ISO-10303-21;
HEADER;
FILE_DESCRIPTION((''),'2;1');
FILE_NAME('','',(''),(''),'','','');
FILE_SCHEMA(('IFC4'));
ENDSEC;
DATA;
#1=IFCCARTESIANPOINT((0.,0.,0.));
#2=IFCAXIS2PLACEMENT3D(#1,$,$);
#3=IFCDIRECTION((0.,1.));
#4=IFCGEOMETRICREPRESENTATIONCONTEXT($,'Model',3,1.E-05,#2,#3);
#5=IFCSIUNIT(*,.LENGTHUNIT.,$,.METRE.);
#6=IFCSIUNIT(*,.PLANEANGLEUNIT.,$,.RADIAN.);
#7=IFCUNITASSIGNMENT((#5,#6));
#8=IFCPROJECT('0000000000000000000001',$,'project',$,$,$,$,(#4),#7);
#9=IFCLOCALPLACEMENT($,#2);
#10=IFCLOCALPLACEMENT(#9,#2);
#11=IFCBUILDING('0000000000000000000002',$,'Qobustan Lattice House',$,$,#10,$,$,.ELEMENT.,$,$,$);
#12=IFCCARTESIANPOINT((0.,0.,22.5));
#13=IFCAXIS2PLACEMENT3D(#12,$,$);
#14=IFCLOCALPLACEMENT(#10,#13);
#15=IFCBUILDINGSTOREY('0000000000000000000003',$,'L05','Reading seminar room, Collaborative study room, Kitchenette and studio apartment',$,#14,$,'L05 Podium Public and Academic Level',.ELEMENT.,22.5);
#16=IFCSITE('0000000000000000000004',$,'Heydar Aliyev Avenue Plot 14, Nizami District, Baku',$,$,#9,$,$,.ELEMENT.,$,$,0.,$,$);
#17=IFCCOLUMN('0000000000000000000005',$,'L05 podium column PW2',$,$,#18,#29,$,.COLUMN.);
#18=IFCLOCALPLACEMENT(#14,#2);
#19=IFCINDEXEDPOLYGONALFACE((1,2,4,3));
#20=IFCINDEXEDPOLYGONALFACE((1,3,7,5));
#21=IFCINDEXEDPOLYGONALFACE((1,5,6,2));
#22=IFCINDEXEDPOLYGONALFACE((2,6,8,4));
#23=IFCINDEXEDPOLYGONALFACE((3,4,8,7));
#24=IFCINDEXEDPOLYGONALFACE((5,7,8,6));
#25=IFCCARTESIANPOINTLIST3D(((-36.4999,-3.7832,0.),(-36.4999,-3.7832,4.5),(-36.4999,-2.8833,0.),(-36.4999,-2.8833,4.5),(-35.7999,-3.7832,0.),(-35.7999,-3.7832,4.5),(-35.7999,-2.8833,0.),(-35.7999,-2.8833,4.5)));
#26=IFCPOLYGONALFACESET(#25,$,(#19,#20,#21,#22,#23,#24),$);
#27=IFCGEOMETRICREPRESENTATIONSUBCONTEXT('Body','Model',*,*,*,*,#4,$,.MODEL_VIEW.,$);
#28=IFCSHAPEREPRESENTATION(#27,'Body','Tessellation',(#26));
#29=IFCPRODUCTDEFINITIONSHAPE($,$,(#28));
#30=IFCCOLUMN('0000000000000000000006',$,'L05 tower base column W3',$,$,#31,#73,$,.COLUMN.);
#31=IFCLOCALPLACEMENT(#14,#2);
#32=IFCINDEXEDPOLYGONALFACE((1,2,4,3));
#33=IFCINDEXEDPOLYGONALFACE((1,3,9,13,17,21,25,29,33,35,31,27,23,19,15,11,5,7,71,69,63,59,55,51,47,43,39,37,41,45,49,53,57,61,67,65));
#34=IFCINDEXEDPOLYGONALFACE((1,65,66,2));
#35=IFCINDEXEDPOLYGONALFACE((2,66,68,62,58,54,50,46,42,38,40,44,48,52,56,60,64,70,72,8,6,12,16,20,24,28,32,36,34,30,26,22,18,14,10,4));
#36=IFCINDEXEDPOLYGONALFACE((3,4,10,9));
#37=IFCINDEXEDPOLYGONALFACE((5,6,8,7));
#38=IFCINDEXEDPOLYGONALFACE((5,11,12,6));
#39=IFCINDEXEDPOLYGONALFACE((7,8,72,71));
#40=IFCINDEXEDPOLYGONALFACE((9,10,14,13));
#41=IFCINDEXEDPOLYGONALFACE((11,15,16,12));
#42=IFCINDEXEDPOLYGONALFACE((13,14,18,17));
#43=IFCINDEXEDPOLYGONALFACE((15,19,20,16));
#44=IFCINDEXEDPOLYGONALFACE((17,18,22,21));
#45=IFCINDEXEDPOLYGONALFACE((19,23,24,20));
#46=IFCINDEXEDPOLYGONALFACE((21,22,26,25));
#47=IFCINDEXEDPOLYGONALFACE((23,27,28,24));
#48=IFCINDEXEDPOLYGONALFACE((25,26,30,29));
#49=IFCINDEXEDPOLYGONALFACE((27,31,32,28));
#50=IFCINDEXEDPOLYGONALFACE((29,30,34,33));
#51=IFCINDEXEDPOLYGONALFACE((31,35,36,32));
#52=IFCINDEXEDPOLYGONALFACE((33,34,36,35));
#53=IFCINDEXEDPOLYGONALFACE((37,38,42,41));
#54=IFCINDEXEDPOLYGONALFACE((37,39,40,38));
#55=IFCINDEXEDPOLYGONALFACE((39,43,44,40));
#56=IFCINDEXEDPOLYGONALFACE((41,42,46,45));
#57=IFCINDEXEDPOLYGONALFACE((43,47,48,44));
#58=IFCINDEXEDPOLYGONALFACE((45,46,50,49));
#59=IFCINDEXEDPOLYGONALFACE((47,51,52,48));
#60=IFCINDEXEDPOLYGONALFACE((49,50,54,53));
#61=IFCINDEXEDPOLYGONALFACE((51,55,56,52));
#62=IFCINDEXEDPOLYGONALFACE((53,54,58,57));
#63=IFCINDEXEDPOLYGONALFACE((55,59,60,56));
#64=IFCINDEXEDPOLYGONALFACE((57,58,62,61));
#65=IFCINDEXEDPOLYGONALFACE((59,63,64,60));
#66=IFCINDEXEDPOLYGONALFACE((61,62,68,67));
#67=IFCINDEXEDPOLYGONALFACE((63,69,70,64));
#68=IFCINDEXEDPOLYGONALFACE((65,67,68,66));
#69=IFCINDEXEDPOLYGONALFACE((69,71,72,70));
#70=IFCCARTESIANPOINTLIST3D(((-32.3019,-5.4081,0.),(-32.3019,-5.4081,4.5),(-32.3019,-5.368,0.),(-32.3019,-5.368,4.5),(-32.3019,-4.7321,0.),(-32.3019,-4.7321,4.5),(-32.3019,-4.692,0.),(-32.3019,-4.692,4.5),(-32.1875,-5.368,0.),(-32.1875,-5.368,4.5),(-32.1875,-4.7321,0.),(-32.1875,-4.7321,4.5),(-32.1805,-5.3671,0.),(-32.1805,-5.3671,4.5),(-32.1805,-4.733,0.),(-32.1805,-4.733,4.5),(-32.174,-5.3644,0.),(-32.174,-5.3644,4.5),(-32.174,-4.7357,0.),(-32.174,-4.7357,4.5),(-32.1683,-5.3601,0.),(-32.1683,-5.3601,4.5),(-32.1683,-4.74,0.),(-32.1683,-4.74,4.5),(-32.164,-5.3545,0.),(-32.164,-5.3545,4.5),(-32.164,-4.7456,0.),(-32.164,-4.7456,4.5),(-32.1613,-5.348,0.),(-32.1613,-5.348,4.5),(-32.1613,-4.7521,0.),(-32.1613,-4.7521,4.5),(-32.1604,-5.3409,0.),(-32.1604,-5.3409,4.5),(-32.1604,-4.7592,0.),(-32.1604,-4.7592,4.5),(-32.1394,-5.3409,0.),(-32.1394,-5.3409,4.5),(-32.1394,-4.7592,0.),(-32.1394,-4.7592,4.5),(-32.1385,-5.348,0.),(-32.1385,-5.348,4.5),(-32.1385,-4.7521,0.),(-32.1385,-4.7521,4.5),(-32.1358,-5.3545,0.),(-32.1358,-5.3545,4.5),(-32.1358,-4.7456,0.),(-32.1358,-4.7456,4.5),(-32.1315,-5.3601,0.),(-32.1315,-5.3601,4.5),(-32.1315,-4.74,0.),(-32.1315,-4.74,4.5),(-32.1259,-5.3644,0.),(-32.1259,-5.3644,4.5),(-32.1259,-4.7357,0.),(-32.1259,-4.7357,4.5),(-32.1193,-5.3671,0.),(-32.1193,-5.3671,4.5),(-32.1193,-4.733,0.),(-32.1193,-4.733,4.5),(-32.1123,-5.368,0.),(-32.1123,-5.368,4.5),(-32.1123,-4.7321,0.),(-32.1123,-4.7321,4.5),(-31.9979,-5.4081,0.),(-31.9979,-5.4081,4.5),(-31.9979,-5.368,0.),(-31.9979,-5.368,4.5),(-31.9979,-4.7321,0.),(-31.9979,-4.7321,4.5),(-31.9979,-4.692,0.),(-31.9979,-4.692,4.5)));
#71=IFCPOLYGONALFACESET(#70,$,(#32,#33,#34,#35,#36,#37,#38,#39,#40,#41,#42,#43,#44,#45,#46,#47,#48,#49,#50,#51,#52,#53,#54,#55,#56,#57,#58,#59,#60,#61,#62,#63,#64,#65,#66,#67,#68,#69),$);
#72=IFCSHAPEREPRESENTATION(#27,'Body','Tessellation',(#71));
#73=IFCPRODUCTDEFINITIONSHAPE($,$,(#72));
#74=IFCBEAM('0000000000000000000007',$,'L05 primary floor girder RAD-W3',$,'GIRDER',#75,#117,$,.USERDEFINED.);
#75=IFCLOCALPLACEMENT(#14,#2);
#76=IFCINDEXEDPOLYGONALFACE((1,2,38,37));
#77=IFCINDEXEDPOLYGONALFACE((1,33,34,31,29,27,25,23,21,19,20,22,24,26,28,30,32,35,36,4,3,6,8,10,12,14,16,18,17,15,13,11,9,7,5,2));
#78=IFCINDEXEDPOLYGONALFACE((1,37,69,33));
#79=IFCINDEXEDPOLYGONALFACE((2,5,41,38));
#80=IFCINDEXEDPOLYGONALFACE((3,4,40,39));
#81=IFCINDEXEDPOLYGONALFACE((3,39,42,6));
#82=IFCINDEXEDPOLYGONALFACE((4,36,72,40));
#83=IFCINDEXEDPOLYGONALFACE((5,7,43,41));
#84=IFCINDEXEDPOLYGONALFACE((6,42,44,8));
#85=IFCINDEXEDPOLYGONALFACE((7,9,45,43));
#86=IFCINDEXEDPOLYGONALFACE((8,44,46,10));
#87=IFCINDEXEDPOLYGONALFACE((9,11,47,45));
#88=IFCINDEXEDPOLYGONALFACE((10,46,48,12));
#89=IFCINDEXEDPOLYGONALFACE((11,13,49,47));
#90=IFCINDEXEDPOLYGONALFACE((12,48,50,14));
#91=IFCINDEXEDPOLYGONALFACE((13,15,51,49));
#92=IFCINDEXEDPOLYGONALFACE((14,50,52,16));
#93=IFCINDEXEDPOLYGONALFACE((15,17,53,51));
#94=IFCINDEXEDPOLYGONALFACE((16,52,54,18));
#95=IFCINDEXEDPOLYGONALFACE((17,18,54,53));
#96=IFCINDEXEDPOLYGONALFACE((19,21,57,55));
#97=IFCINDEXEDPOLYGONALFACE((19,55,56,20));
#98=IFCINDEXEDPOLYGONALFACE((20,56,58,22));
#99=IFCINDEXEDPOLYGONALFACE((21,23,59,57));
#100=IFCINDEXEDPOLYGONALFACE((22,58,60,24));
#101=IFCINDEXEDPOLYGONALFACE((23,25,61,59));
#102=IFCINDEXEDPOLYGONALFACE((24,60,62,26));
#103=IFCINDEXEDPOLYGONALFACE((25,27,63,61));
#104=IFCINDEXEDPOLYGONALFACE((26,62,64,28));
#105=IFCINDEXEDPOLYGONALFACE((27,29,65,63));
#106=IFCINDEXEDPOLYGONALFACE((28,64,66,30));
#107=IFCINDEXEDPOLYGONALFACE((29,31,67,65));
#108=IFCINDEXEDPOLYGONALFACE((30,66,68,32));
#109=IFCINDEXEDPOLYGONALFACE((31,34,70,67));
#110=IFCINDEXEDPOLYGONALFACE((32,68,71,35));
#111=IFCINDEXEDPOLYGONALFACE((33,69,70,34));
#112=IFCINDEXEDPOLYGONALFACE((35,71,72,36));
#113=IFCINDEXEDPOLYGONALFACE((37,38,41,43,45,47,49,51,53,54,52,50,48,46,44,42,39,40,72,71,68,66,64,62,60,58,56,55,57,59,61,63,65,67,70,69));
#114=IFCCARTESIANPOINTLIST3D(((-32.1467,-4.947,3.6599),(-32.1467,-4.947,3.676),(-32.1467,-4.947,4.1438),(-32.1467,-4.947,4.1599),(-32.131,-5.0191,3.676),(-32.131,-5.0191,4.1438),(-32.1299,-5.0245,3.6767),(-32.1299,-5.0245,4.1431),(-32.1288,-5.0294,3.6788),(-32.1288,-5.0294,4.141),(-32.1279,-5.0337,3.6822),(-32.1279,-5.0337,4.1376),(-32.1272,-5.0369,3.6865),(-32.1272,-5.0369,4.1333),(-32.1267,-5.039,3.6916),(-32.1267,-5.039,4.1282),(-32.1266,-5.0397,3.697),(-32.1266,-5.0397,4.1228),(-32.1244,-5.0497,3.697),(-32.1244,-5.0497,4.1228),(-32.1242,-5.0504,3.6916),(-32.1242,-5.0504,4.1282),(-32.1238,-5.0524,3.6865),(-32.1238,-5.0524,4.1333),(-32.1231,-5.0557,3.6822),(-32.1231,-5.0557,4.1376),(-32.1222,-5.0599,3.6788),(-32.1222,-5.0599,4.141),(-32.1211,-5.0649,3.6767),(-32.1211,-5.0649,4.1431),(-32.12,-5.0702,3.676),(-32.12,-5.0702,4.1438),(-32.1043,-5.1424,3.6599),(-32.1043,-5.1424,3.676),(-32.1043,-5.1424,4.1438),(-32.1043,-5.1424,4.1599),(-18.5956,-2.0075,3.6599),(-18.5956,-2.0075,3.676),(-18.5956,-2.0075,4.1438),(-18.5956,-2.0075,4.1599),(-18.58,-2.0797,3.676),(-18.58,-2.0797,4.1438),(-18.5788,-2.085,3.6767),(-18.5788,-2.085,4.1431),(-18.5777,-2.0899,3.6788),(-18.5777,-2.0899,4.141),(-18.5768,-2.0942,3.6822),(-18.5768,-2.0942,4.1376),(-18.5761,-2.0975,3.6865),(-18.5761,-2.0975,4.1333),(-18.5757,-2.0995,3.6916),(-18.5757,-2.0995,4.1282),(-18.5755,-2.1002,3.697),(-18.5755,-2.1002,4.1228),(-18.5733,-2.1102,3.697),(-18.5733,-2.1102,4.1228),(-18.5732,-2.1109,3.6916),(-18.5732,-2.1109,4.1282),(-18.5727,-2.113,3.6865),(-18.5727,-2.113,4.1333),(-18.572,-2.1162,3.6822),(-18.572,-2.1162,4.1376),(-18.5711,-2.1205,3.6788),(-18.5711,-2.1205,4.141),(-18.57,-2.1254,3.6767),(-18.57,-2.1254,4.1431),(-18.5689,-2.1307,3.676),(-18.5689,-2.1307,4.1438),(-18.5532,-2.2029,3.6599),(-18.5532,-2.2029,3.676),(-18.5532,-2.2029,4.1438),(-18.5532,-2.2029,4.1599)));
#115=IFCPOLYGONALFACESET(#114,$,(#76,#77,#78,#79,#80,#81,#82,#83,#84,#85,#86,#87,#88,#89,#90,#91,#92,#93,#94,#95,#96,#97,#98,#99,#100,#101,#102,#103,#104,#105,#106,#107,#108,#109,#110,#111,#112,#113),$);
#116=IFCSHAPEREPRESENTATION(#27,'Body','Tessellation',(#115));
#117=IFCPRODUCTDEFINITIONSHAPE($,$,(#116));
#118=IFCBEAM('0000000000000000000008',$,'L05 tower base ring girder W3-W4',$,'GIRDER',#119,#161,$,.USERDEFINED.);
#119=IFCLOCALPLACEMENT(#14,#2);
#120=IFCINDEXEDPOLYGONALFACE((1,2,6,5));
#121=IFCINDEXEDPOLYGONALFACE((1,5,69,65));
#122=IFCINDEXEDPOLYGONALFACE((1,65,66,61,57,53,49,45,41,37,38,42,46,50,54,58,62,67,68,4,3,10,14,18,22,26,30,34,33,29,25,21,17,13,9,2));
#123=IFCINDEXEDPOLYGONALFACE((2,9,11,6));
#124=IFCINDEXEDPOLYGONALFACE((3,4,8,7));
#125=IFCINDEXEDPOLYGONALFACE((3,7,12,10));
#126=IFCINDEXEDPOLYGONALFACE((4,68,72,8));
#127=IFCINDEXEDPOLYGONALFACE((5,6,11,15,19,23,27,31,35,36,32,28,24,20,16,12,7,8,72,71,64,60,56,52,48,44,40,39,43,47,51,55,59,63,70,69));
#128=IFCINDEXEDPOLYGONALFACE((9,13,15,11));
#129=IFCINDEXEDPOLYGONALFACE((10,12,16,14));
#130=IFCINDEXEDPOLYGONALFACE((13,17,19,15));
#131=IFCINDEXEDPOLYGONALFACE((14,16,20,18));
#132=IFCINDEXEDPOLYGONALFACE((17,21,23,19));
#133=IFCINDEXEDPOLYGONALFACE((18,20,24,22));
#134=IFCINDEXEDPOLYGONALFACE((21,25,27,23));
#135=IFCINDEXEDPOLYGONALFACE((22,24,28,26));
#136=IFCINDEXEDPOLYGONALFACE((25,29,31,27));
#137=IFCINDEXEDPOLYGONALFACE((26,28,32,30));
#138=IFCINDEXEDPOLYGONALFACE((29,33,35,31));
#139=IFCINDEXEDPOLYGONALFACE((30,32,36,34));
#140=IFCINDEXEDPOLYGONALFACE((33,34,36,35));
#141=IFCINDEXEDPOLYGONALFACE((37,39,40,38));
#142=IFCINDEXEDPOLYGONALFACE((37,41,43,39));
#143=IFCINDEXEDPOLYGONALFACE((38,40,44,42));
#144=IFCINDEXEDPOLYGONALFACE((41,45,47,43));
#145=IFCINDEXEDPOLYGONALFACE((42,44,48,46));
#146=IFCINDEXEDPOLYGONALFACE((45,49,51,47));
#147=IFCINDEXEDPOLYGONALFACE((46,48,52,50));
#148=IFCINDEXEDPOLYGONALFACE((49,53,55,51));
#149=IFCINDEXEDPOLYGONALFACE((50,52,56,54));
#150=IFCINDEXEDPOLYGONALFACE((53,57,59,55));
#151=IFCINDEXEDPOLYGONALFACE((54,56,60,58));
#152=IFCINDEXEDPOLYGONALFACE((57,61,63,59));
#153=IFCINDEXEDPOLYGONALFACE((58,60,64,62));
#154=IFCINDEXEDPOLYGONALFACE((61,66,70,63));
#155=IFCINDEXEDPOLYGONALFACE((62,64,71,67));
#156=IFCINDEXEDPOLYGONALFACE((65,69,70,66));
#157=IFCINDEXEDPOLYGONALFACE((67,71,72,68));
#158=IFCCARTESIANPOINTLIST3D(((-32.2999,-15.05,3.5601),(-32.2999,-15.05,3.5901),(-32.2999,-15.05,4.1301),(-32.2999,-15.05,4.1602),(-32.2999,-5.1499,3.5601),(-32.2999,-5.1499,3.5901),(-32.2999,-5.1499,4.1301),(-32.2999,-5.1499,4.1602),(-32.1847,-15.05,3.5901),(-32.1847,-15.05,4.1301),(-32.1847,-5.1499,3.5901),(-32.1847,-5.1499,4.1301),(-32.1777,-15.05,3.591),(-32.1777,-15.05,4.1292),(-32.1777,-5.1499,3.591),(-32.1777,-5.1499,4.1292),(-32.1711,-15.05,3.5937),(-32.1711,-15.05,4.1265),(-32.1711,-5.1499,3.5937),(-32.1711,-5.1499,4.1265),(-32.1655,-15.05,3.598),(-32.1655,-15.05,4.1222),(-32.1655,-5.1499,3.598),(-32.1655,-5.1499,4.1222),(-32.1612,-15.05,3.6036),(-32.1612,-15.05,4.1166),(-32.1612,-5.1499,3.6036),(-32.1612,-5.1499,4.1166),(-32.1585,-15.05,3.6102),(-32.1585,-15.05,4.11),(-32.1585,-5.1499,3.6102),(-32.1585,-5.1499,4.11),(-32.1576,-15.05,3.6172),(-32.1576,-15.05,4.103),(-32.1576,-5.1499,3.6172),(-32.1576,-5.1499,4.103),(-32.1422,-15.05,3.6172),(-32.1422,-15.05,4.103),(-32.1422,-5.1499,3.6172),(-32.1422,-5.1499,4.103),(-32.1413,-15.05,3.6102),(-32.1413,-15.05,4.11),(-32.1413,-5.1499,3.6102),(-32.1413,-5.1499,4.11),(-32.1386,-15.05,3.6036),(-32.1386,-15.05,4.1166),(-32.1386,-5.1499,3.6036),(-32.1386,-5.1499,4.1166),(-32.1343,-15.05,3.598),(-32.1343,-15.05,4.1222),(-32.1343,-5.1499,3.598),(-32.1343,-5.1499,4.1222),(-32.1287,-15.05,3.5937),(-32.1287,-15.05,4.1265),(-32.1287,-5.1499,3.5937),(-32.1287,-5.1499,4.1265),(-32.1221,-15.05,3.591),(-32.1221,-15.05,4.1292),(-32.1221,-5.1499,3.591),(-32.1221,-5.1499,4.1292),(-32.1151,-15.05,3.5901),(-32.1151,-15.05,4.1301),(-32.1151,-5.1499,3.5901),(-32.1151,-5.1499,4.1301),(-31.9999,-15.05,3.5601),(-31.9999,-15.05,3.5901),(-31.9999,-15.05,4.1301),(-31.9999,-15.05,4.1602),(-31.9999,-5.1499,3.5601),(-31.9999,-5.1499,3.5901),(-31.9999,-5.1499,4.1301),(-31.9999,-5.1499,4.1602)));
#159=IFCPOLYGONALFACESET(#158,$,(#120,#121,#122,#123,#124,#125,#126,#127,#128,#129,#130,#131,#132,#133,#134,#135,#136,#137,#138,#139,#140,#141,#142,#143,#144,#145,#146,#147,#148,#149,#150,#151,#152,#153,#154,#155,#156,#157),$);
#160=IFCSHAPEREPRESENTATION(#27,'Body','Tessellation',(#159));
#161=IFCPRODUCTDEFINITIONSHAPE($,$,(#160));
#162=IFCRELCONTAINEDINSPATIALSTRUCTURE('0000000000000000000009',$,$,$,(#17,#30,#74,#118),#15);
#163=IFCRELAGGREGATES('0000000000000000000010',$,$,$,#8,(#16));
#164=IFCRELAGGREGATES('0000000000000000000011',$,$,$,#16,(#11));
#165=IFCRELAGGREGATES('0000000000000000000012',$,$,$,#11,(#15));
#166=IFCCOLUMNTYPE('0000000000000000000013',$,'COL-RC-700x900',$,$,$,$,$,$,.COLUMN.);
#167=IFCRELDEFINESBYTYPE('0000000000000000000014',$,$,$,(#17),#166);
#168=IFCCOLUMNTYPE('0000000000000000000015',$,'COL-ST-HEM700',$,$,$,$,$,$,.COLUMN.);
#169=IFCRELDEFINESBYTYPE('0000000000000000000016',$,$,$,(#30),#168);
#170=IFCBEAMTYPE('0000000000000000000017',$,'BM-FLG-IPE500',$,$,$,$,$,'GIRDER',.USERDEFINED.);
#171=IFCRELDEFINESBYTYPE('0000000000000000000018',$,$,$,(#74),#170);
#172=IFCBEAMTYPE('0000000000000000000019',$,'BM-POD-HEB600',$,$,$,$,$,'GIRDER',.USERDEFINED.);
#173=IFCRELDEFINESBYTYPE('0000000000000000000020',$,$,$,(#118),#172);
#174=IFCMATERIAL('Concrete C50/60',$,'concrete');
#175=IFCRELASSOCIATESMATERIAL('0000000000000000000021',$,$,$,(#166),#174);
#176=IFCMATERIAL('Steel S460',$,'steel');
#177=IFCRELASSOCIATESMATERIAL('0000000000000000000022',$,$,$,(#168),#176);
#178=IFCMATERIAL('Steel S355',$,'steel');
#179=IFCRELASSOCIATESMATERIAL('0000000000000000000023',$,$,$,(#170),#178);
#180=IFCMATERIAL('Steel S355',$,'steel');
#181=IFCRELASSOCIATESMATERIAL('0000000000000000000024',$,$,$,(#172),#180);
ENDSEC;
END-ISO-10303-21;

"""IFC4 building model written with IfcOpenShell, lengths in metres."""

from ifc_helpers import new_model, si_unit, direction, frame, origin, origin_2d, place, context, subcontext, project, spatial, rectangle, i_section, extrude, material, material_profile, profile_set, type_object, element, save


model = new_model("IFC4")

# Units and contexts
model_context = context("Model", 3, precision=1e-05, world=origin(), true_north=direction((0.0, 1.0)))
body_context = subcontext(model_context, "Body", "Model", "MODEL_VIEW")
ifc_project = project(units=[si_unit("LENGTHUNIT", "METRE"), si_unit("PLANEANGLEUNIT", "RADIAN")], contexts=[model_context])

# Site, building, storey
site_placement = place(None, origin())
site = spatial("IfcSite", under=ifc_project, at=site_placement, Name="Heydar Aliyev Avenue Plot 14, Nizami District, Baku", CompositionType="ELEMENT", RefElevation=0.0)
building_placement = place(site_placement, origin())
building = spatial("IfcBuilding", under=site, at=building_placement, Name="Qobustan Lattice House", CompositionType="ELEMENT")
storey_placement = place(building_placement, frame((0.0, 0.0, 22.5)))
storey = spatial("IfcBuildingStorey", under=building, at=storey_placement, Name="L05", Description="Reading seminar room, Collaborative study room, Kitchenette and studio apartment", LongName="L05 Podium Public and Academic Level", CompositionType="ELEMENT", Elevation=22.5)

# Columns
ifc_material_1 = material(Name="Concrete C50/60", Category="concrete")
ifc_material_profile_1 = material_profile(ifc_material_1, rectangle(XDim=0.7, YDim=0.8999, at=origin_2d()), Name="RC700x900")
ifc_profile_set_1 = profile_set([ifc_material_profile_1], Name="Concrete C50/60")
column_type_1 = type_object("IfcColumnType", Name="COL-RC-700x900", PredefinedType="COLUMN", material=ifc_profile_set_1)
column_1_placement = place(storey_placement, frame((-36.1499, -3.3333, 0.0), z_axis=(0.0, 0.0, 1.0), x_axis=(1.0, 0.0, 0.0)))
element("IfcColumn", 1, at=column_1_placement, inside=storey, type_object=column_type_1, Name="L05 podium column PW2", PredefinedType="COLUMN", context=body_context, shape_type="SweptSolid", body=[
    extrude(rectangle(XDim=0.7, YDim=0.8999, at=origin_2d()), origin(), (0.0, 0.0, 1.0), 4.5),
])
ifc_material_2 = material(Name="Steel S460", Category="steel")
ifc_material_profile_2 = material_profile(ifc_material_2, i_section(OverallWidth=0.304, OverallDepth=0.7161, WebThickness=0.021, FlangeThickness=0.04, FilletRadius=0.0271, at=origin_2d()), Name="HEM700")
ifc_profile_set_2 = profile_set([ifc_material_profile_2], Name="Steel S460")
column_type_2 = type_object("IfcColumnType", Name="COL-ST-HEM700", PredefinedType="COLUMN", material=ifc_profile_set_2)
column_2_placement = place(storey_placement, frame((-32.1499, -5.05, 0.0), z_axis=(0.0, 0.0, 1.0), x_axis=(1.0, 0.0, 0.0)))
element("IfcColumn", 2, at=column_2_placement, inside=storey, type_object=column_type_2, Name="L05 tower base column W3", PredefinedType="COLUMN", context=body_context, shape_type="SweptSolid", body=[
    extrude(i_section(OverallWidth=0.304, OverallDepth=0.7161, WebThickness=0.021, FlangeThickness=0.04, FilletRadius=0.0271, at=origin_2d()), origin(), (0.0, 0.0, 1.0), 4.5),
])

# Beams
ifc_material_3 = material(Name="Steel S355", Category="steel")
ifc_material_profile_3 = material_profile(ifc_material_3, i_section(OverallWidth=0.2, OverallDepth=0.5, WebThickness=0.0103, FlangeThickness=0.0161, FilletRadius=0.021, at=origin_2d()), Name="IPE500")
ifc_profile_set_3 = profile_set([ifc_material_profile_3], Name="Steel S355")
beam_type_1 = type_object("IfcBeamType", Name="BM-FLG-IPE500", ElementType="GIRDER", PredefinedType="USERDEFINED", material=ifc_profile_set_3)
beam_1_placement = place(storey_placement, frame((-32.1255, -5.0447, 3.9099), z_axis=(0.977272, 0.211987, 0.0), x_axis=(-0.211987, 0.977272, 0.0)))
element("IfcBeam", 3, at=beam_1_placement, inside=storey, type_object=beam_type_1, Name="L05 primary floor girder RAD-W3", ObjectType="GIRDER", PredefinedType="USERDEFINED", context=body_context, shape_type="SweptSolid", body=[
    extrude(i_section(OverallWidth=0.2, OverallDepth=0.5, WebThickness=0.0103, FlangeThickness=0.0161, FilletRadius=0.021, at=origin_2d()), origin(), (0.0, 0.0, 1.0), 13.8662),
])
ifc_material_4 = material(Name="Steel S355", Category="steel")
ifc_material_profile_4 = material_profile(ifc_material_4, i_section(OverallWidth=0.3, OverallDepth=0.6001, WebThickness=0.0154, FlangeThickness=0.03, FilletRadius=0.0271, at=origin_2d()), Name="HEB600")
ifc_profile_set_4 = profile_set([ifc_material_profile_4], Name="Steel S355")
beam_type_2 = type_object("IfcBeamType", Name="BM-POD-HEB600", ElementType="GIRDER", PredefinedType="USERDEFINED", material=ifc_profile_set_4)
beam_2_placement = place(storey_placement, frame((-32.1499, -5.1499, 3.8601), z_axis=(0.0, -1.0, 0.0), x_axis=(1.0, 0.0, 0.0)))
element("IfcBeam", 4, at=beam_2_placement, inside=storey, type_object=beam_type_2, Name="L05 tower base ring girder W3-W4", ObjectType="GIRDER", PredefinedType="USERDEFINED", context=body_context, shape_type="SweptSolid", body=[
    extrude(i_section(OverallWidth=0.3, OverallDepth=0.6001, WebThickness=0.0154, FlangeThickness=0.03, FilletRadius=0.0271, at=origin_2d()), origin(), (0.0, 0.0, 1.0), 9.9001),
])

save(model, "model.ifc")
